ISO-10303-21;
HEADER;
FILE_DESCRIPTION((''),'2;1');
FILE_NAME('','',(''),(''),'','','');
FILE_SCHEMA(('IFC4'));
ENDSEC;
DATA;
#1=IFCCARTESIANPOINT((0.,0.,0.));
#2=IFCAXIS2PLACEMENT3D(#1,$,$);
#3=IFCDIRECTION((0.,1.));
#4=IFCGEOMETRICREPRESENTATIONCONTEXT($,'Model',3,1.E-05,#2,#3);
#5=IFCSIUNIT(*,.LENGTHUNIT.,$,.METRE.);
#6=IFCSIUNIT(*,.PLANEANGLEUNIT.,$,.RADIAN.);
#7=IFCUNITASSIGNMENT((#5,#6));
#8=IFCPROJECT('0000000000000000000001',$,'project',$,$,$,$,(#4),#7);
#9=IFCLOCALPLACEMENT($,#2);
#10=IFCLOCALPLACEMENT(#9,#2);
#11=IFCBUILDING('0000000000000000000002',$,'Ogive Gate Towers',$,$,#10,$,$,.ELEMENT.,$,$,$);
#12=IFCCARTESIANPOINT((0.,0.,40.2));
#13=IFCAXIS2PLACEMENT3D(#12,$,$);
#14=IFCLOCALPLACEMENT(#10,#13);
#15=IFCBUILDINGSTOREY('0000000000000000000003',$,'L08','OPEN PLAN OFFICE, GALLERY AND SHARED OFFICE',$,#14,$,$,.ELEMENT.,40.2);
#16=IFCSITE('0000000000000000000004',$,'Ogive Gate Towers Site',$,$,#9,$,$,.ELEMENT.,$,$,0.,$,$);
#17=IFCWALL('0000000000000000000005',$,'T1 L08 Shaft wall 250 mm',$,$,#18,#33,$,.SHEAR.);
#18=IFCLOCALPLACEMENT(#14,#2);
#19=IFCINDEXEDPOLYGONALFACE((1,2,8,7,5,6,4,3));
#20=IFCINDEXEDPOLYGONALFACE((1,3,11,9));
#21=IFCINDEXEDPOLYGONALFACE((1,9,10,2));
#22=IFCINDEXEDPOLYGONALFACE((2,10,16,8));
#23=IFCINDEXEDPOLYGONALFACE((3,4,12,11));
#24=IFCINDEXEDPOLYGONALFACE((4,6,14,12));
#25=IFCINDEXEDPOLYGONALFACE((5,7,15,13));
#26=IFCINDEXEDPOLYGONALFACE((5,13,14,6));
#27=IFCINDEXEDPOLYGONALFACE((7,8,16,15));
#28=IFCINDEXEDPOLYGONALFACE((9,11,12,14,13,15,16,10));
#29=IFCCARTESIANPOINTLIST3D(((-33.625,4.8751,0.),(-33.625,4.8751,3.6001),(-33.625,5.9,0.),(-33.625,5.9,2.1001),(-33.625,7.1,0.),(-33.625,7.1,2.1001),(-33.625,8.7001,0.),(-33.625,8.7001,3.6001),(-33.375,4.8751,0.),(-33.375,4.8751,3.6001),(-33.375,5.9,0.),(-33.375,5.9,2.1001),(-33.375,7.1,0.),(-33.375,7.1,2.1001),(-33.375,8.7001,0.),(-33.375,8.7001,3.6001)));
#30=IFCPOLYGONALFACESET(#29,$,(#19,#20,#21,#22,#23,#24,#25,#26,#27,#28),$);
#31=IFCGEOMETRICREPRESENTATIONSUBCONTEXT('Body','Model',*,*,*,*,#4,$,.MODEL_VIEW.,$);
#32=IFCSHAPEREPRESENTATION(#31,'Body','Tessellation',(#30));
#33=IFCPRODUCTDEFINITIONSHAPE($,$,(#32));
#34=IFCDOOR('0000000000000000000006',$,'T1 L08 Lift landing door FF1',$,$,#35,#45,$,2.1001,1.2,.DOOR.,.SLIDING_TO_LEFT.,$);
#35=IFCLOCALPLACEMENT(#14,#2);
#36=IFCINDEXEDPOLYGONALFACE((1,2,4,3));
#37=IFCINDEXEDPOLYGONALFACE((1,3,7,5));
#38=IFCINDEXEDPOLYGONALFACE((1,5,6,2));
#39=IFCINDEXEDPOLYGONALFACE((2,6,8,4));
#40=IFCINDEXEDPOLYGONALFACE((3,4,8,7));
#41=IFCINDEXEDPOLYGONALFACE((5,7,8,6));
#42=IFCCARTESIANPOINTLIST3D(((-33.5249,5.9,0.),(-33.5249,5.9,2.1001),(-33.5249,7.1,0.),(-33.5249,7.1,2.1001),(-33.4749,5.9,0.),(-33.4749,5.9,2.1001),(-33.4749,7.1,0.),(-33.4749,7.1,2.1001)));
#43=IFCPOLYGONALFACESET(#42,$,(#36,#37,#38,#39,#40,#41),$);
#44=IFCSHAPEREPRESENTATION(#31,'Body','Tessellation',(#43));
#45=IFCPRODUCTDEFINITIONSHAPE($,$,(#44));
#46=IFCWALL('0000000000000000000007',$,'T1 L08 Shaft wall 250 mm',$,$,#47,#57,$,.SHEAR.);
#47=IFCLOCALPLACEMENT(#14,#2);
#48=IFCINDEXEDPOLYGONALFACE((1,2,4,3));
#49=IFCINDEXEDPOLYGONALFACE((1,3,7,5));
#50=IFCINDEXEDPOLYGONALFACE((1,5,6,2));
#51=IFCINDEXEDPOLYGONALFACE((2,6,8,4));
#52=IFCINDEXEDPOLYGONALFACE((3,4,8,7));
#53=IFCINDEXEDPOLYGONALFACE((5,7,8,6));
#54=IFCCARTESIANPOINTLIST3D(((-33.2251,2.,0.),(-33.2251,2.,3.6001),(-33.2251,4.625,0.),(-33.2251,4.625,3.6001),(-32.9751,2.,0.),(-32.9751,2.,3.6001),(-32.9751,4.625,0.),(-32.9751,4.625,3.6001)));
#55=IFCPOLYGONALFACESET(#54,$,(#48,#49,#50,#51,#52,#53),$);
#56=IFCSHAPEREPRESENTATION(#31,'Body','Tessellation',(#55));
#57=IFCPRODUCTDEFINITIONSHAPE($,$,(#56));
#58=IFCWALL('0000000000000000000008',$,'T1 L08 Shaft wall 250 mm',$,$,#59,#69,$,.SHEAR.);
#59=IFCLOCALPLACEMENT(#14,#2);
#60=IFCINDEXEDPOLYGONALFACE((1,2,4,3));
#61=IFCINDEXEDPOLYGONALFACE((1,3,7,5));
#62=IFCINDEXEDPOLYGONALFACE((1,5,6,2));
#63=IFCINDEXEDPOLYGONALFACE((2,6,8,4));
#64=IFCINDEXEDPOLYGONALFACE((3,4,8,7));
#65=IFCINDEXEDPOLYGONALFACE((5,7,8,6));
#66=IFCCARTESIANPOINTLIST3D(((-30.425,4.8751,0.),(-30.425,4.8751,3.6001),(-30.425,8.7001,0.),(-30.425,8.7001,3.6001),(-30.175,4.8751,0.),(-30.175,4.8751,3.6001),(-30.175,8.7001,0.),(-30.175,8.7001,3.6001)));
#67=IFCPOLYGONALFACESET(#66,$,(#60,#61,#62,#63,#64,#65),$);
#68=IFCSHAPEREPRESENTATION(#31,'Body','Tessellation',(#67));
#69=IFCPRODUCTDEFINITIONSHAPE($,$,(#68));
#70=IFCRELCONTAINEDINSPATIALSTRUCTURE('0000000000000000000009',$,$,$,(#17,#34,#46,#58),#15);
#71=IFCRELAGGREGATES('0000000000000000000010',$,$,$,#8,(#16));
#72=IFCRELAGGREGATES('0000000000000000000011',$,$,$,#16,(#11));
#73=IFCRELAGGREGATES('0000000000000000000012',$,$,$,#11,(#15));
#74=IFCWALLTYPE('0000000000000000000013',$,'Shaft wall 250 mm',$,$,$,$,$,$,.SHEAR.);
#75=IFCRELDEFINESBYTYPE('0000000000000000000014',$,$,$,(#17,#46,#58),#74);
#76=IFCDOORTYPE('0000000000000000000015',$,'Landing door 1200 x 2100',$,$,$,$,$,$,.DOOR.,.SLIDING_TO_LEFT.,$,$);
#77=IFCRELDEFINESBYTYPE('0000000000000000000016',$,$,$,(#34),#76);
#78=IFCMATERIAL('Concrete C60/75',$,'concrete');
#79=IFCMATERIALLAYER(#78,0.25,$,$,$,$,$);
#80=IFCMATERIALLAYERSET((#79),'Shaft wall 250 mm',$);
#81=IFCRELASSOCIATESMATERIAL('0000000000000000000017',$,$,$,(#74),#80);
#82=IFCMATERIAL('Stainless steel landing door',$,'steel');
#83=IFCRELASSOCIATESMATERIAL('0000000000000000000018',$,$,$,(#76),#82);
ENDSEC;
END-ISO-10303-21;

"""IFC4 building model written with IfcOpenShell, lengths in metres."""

from ifc_helpers import new_model, si_unit, direction, frame, frame_2d, origin, place, context, subcontext, project, spatial, rectangle, extrude, material, layer, layer_set, type_object, element, fill, save


model = new_model("IFC4")

# Units and contexts
model_context = context("Model", 3, precision=1e-05, world=origin(), true_north=direction((0.0, 1.0)))
body_context = subcontext(model_context, "Body", "Model", "MODEL_VIEW")
ifc_project = project(units=[si_unit("LENGTHUNIT", "METRE"), si_unit("PLANEANGLEUNIT", "RADIAN")], contexts=[model_context])

# Site, building, storey
site_placement = place(None, origin())
site = spatial("IfcSite", under=ifc_project, at=site_placement, Name="Ogive Gate Towers Site", CompositionType="ELEMENT", RefElevation=0.0)
building_placement = place(site_placement, origin())
building = spatial("IfcBuilding", under=site, at=building_placement, Name="Ogive Gate Towers", CompositionType="ELEMENT")
storey_placement = place(building_placement, frame((0.0, 0.0, 40.2)))
storey = spatial("IfcBuildingStorey", under=building, at=storey_placement, Name="L08", Description="OPEN PLAN OFFICE, GALLERY AND SHARED OFFICE", CompositionType="ELEMENT", Elevation=40.2)

# Wall, opening, door
ifc_material_1 = material(Name="Concrete C60/75", Category="concrete")
ifc_layer_1 = layer(ifc_material_1, 0.25)
ifc_layer_set_1 = layer_set([ifc_layer_1], Name="Shaft wall 250 mm")
wall_type_1 = type_object("IfcWallType", Name="Shaft wall 250 mm", PredefinedType="SHEAR", material=ifc_layer_set_1)
wall_1_placement = place(storey_placement, frame((-33.5, 4.875, 0.0), z_axis=(0.0, 0.0, 1.0), x_axis=(0.0, 1.0, 0.0)))
wall_1 = element("IfcWall", 1, at=wall_1_placement, inside=storey, type_object=wall_type_1, Name="T1 L08 Shaft wall 250 mm", PredefinedType="SHEAR", context=body_context, shape_type="SweptSolid", body=[
    extrude(rectangle(XDim=3.825, YDim=0.25, at=frame_2d((1.9126, 0.0))), origin(), (0.0, 0.0, 1.0), 3.6001),
])
opening_1_placement = place(wall_1_placement, frame((1.0249, 0.0, 0.0)))
opening_1 = element("IfcOpeningElement", 2, at=opening_1_placement, cuts=wall_1, PredefinedType="OPENING", context=body_context, shape_type="SweptSolid", body=[
    extrude(rectangle(XDim=1.2, YDim=2.1001, at=frame_2d((0.6001, 1.05))), frame((0.0, 0.135, 0.0), z_axis=(0.0, -1.0, 0.0), x_axis=(1.0, 0.0, 0.0)), (0.0, 0.0, 1.0), 0.27),
])
ifc_material_2 = material(Name="Stainless steel landing door", Category="steel")
door_type_1 = type_object("IfcDoorType", Name="Landing door 1200 x 2100", OperationType="SLIDING_TO_LEFT", PredefinedType="DOOR", material=ifc_material_2)
door_1_placement = place(opening_1_placement, origin())
door_1 = element("IfcDoor", 3, at=door_1_placement, inside=storey, type_object=door_type_1, Name="T1 L08 Lift landing door FF1", OperationType="SLIDING_TO_LEFT", OverallHeight=2.1001, OverallWidth=1.2, PredefinedType="DOOR", context=body_context, shape_type="SweptSolid", body=[
    extrude(rectangle(XDim=1.2, YDim=2.1001, at=frame_2d((0.6001, 1.05))), frame((0.0, 0.0249, 0.0), z_axis=(0.0, -1.0, 0.0), x_axis=(1.0, 0.0, 0.0)), (0.0, 0.0, 1.0), 0.05),
])
fill(opening_1, door_1)

# Walls
wall_2_placement = place(storey_placement, frame((-33.1001, 2.0, 0.0), z_axis=(0.0, 0.0, 1.0), x_axis=(0.0, 1.0, 0.0)))
element("IfcWall", 4, at=wall_2_placement, inside=storey, type_object=wall_type_1, Name="T1 L08 Shaft wall 250 mm", PredefinedType="SHEAR", context=body_context, shape_type="SweptSolid", body=[
    extrude(rectangle(XDim=2.625, YDim=0.25, at=frame_2d((1.3125, 0.0))), origin(), (0.0, 0.0, 1.0), 3.6001),
])
wall_3_placement = place(storey_placement, frame((-30.3, 4.875, 0.0), z_axis=(0.0, 0.0, 1.0), x_axis=(0.0, 1.0, 0.0)))
element("IfcWall", 5, at=wall_3_placement, inside=storey, type_object=wall_type_1, Name="T1 L08 Shaft wall 250 mm", PredefinedType="SHEAR", context=body_context, shape_type="SweptSolid", body=[
    extrude(rectangle(XDim=3.825, YDim=0.25, at=frame_2d((1.9126, 0.0))), origin(), (0.0, 0.0, 1.0), 3.6001),
])

save(model, "model.ifc")
